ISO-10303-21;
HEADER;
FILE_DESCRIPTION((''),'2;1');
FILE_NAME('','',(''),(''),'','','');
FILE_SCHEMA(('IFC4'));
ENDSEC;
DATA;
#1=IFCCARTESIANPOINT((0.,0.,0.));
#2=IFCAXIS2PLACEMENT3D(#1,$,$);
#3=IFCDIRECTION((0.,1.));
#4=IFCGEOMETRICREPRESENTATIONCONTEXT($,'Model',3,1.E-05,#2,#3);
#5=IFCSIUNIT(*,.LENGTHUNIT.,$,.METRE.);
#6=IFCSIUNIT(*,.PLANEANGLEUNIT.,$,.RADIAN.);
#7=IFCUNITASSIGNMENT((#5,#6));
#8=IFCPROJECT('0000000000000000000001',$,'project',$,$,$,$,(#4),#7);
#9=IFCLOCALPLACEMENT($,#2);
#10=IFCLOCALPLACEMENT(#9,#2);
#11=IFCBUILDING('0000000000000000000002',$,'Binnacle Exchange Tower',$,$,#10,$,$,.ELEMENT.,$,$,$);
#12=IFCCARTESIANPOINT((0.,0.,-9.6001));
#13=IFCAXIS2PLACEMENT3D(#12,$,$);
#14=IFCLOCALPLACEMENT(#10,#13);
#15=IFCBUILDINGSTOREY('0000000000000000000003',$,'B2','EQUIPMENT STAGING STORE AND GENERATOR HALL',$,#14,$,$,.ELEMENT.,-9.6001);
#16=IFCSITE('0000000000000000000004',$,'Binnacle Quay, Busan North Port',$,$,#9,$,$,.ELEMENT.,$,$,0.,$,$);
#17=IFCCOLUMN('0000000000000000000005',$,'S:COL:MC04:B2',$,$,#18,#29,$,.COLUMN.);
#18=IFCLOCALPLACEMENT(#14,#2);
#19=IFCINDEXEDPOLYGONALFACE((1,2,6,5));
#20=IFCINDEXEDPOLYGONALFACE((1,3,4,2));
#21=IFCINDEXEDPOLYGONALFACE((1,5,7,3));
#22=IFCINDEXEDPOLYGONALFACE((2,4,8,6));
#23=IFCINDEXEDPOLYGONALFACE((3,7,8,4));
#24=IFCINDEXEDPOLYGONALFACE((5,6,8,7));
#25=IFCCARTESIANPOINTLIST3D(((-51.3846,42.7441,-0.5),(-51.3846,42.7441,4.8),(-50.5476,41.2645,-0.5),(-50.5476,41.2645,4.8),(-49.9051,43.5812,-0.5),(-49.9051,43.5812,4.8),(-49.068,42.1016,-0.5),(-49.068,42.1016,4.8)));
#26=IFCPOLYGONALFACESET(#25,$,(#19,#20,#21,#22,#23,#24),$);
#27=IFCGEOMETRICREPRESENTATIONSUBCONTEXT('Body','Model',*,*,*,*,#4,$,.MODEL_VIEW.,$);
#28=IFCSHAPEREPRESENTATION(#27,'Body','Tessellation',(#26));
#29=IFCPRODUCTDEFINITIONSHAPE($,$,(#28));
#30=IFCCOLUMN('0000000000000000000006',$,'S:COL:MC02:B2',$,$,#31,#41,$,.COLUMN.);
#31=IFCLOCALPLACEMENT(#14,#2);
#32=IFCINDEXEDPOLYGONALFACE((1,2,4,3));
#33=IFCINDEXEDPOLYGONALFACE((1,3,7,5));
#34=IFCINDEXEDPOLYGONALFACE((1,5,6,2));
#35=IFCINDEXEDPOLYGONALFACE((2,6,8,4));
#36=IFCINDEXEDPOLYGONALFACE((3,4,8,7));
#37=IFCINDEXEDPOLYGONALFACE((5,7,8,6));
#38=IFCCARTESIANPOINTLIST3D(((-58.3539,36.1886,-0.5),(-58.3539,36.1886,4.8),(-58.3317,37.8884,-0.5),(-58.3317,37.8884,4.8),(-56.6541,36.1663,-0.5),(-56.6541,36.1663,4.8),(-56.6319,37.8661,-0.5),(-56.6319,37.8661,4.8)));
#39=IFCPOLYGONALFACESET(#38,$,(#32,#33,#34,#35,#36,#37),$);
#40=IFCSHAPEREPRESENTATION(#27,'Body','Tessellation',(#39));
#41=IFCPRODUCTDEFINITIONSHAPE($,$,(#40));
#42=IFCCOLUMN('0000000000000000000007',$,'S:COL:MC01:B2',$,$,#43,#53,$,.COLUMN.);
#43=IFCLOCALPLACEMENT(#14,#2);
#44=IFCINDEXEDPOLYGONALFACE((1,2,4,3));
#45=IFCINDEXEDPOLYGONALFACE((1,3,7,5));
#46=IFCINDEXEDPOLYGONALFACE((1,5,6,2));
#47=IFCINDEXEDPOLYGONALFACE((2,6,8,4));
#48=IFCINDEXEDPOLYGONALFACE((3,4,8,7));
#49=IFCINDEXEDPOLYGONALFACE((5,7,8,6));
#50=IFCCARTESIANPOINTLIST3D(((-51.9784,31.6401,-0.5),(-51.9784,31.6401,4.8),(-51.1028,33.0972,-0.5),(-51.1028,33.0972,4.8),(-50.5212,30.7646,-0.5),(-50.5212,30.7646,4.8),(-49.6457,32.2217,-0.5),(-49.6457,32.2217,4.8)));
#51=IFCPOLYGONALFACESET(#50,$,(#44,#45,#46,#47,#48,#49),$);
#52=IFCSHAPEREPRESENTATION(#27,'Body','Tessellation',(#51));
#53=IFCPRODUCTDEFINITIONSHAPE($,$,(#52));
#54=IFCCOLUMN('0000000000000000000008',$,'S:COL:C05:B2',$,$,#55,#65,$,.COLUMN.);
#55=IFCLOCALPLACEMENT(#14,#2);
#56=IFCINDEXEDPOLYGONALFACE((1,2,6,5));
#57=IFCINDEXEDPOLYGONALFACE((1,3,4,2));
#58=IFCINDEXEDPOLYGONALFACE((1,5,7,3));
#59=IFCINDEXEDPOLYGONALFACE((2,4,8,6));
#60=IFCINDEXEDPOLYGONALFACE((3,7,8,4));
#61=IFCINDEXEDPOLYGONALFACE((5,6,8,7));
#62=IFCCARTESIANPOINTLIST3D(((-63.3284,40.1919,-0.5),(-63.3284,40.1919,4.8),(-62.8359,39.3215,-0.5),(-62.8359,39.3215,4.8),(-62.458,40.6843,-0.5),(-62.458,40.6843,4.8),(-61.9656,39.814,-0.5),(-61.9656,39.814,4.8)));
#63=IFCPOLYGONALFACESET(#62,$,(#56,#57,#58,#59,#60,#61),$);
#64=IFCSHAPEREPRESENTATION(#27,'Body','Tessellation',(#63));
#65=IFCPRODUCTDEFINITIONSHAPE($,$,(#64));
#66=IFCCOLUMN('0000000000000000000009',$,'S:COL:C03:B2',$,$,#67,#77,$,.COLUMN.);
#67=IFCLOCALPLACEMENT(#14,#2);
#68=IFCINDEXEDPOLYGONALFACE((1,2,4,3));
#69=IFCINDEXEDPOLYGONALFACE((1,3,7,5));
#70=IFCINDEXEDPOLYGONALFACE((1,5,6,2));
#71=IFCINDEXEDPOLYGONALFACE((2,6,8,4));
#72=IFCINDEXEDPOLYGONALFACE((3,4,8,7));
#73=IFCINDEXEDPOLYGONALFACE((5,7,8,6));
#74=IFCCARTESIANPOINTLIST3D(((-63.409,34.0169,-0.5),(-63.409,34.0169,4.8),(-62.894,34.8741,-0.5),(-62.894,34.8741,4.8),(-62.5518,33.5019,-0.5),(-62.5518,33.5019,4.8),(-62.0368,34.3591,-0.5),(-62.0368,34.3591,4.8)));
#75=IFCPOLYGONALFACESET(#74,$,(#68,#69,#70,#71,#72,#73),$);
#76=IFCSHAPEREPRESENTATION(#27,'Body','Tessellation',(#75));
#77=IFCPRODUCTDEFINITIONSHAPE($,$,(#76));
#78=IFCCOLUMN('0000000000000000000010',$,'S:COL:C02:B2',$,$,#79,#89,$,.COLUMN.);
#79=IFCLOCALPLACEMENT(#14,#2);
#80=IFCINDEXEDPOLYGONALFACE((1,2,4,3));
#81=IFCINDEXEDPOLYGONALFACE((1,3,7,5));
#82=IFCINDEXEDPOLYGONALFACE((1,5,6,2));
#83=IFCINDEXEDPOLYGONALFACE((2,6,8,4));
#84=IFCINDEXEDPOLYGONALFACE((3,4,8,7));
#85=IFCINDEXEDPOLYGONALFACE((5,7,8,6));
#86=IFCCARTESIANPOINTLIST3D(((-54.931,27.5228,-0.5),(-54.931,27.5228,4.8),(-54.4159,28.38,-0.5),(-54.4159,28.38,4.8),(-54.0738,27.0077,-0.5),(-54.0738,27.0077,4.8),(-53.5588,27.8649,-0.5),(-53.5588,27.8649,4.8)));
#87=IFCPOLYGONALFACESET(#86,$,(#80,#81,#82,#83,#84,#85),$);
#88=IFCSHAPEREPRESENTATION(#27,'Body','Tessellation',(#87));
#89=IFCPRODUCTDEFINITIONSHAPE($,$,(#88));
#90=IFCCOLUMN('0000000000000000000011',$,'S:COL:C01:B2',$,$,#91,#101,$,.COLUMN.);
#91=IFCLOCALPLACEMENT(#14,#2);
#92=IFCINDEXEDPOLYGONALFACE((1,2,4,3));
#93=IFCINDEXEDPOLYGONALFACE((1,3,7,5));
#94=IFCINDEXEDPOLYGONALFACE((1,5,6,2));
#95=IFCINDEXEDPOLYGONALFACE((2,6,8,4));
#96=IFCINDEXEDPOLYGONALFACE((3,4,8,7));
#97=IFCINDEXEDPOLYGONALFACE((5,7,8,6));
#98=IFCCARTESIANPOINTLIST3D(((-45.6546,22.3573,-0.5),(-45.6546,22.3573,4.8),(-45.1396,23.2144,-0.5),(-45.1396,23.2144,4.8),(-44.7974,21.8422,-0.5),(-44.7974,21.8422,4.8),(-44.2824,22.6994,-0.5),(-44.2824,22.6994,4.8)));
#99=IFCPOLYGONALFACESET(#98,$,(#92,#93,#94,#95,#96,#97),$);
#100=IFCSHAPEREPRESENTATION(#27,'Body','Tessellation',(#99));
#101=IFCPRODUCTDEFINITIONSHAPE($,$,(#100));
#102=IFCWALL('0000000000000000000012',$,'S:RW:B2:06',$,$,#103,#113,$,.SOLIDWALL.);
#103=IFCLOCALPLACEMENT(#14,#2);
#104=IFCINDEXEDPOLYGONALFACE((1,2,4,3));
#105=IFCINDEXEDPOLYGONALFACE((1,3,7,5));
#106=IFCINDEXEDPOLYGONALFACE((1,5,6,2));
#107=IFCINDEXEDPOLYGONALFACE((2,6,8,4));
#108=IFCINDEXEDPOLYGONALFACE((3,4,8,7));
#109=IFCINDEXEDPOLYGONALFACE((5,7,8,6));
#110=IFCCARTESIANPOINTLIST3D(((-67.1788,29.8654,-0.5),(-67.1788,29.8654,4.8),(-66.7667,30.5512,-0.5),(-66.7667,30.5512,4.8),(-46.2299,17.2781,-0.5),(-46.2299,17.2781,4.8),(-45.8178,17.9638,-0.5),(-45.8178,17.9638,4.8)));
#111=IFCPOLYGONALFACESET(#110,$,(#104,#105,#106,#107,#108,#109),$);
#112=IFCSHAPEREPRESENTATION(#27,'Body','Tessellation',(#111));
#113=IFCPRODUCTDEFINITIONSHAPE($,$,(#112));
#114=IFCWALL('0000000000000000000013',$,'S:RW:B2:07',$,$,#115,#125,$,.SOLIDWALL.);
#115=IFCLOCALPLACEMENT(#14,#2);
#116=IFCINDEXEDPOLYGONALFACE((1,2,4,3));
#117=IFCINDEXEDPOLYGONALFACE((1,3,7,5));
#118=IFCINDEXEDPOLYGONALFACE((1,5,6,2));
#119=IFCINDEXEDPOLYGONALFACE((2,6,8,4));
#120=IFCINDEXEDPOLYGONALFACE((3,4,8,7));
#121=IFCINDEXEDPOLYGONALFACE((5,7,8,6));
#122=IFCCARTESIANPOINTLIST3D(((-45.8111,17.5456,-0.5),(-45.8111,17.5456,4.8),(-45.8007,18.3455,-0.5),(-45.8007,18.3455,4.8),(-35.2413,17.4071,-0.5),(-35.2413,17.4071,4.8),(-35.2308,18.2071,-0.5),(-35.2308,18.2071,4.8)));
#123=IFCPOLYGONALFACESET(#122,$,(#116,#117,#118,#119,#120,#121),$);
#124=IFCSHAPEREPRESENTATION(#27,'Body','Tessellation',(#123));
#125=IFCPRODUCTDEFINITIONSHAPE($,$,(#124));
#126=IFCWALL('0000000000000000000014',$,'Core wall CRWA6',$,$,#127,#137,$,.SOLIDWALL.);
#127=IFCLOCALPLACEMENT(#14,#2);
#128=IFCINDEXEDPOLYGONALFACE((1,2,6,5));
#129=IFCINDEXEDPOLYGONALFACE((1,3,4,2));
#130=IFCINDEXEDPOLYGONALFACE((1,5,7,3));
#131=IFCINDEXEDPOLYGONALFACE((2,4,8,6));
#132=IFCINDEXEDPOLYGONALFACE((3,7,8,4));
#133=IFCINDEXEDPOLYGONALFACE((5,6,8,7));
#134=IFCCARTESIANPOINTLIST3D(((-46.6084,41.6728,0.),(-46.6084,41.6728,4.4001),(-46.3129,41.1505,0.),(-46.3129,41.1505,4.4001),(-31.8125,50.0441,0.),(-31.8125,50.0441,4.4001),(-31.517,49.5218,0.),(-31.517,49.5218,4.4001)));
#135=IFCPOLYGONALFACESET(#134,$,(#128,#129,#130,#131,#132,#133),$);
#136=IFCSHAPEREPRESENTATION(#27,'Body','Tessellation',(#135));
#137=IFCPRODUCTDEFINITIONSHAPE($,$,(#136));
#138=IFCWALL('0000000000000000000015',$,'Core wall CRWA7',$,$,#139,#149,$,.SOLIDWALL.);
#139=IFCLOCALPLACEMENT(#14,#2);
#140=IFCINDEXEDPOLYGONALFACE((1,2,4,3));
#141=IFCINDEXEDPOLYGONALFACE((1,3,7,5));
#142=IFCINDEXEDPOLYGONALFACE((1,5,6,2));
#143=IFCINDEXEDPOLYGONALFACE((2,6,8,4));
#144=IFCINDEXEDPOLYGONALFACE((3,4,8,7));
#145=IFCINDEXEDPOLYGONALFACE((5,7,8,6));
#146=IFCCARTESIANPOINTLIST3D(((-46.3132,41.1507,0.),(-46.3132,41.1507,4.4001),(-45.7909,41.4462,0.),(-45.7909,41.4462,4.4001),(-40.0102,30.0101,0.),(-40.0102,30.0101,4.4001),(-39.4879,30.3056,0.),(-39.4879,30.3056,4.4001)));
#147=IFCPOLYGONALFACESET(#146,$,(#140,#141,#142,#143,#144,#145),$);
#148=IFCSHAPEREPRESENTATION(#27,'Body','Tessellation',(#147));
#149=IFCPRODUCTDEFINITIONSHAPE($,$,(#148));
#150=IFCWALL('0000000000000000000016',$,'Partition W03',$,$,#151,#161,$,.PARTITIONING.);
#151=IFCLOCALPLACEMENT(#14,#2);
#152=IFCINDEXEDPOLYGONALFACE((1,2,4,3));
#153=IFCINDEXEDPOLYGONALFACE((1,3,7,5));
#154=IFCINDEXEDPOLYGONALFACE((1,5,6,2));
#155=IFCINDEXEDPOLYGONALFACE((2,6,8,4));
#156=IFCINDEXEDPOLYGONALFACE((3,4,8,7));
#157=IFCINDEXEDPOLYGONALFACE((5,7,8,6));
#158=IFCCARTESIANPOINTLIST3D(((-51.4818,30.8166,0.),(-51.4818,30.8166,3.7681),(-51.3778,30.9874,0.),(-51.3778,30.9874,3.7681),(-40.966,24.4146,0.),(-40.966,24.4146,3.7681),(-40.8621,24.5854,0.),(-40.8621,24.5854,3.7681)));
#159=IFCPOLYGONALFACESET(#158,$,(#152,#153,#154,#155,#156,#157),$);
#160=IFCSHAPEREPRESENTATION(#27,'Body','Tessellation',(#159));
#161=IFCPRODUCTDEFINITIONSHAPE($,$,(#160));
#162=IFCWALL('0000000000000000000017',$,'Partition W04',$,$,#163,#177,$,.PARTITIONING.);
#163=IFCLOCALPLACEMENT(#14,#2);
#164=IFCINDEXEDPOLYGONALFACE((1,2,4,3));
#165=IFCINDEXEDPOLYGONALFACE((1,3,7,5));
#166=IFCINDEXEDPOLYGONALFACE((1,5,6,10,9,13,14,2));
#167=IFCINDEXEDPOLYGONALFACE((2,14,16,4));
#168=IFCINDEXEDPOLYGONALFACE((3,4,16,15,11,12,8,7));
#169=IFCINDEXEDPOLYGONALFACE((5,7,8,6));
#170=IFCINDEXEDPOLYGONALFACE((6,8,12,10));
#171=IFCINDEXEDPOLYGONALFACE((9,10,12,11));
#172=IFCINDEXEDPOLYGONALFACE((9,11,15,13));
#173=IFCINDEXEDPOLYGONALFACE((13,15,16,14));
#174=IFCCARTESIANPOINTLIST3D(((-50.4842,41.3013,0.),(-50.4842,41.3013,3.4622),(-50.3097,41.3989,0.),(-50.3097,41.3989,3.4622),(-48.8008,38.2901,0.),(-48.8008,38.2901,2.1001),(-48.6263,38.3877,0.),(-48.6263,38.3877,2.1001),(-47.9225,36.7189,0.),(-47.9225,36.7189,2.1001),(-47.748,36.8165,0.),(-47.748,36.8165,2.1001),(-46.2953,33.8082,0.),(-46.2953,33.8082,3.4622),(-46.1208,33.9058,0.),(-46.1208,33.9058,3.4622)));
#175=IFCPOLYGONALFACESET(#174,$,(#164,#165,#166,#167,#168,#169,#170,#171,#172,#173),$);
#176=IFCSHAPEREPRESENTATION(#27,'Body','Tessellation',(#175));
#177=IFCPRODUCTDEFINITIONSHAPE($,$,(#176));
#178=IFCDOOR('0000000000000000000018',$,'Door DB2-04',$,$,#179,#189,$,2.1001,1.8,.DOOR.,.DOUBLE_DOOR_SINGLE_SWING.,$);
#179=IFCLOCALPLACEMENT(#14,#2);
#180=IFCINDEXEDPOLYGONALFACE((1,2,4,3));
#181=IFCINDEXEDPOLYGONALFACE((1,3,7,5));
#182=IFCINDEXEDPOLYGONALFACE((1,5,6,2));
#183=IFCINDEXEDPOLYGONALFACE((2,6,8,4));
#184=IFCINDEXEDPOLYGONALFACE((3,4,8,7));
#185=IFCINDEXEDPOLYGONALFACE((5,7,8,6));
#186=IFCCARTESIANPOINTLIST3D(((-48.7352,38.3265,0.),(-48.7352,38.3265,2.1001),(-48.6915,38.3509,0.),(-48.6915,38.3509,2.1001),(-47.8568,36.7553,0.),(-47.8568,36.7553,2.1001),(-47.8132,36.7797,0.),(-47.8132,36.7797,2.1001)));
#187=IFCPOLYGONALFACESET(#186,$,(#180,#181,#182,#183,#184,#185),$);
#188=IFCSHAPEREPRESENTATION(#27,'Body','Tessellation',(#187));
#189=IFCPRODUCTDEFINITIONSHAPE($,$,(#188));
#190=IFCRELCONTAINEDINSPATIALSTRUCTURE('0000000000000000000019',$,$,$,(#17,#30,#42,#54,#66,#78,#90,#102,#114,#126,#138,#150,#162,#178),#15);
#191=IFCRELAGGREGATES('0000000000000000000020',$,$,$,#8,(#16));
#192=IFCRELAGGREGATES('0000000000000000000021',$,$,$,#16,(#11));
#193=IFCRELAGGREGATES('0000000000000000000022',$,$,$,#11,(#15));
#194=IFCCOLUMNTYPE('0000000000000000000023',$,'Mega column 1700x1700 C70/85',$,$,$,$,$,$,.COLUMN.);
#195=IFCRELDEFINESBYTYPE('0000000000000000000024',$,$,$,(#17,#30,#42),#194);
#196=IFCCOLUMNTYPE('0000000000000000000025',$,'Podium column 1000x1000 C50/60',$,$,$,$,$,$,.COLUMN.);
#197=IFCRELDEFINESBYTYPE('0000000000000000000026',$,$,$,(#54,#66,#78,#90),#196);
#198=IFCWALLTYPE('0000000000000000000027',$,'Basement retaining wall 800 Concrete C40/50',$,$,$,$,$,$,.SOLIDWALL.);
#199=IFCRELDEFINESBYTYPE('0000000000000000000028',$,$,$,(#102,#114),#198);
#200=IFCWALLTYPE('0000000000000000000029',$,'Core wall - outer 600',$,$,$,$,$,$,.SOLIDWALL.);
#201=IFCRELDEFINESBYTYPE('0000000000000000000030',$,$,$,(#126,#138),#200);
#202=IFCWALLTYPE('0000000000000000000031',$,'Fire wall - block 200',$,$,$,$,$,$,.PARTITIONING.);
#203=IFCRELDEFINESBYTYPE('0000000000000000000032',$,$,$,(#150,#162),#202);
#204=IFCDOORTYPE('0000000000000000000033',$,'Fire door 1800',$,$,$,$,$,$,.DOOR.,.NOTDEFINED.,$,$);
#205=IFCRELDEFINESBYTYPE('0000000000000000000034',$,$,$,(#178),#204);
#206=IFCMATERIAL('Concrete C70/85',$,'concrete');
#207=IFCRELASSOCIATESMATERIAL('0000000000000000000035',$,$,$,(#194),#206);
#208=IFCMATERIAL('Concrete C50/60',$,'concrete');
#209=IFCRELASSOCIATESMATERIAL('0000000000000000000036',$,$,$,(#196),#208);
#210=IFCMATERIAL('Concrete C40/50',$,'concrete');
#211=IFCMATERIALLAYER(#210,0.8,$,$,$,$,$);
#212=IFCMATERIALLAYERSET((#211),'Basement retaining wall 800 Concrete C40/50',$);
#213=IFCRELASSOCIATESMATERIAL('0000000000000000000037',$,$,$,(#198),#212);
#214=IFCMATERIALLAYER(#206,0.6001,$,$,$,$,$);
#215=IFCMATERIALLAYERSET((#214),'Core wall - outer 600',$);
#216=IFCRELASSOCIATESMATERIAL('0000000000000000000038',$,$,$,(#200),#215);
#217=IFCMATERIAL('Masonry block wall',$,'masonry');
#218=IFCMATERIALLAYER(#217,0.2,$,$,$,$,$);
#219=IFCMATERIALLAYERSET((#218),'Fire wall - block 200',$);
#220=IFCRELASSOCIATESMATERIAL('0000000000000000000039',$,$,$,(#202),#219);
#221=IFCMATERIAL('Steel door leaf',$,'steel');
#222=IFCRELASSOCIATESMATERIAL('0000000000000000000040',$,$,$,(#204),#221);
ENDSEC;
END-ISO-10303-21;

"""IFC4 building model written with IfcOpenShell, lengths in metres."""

from ifc_helpers import new_model, si_unit, direction, frame, frame_2d, origin, origin_2d, place, context, subcontext, project, spatial, rectangle, extrude, material, layer, layer_set, material_profile, profile_set, type_object, element, fill, save


model = new_model("IFC4")

# Units and contexts
model_context = context("Model", 3, precision=1e-05, world=origin(), true_north=direction((0.0, 1.0)))
body_context = subcontext(model_context, "Body", "Model", "MODEL_VIEW")
ifc_project = project(units=[si_unit("LENGTHUNIT", "METRE"), si_unit("PLANEANGLEUNIT", "RADIAN")], contexts=[model_context])

# Site, building, storey
site_placement = place(None, origin())
site = spatial("IfcSite", under=ifc_project, at=site_placement, Name="Binnacle Quay, Busan North Port", CompositionType="ELEMENT", RefElevation=0.0)
building_placement = place(site_placement, origin())
building = spatial("IfcBuilding", under=site, at=building_placement, Name="Binnacle Exchange Tower", CompositionType="ELEMENT")
storey_placement = place(building_placement, frame((0.0, 0.0, -9.6001)))
storey = spatial("IfcBuildingStorey", under=building, at=storey_placement, Name="B2", Description="EQUIPMENT STAGING STORE AND GENERATOR HALL", CompositionType="ELEMENT", Elevation=-9.6001)

# Shared definitions
ifc_material_1 = material(Name="Concrete C40/50", Category="concrete")

# Columns
ifc_material_2 = material(Name="Concrete C70/85", Category="concrete")
ifc_material_profile_1 = material_profile(ifc_material_2, rectangle(XDim=1.7, YDim=1.7, at=origin_2d()), Name="Mega column 1700x1700 C70/85")
ifc_profile_set_1 = profile_set([ifc_material_profile_1], Name="Concrete C70/85")
column_type_1 = type_object("IfcColumnType", Name="Mega column 1700x1700 C70/85", PredefinedType="COLUMN", material=ifc_profile_set_1)
for number, where, z_axis, x_axis, name in (
    (1, (-50.2263, 42.4229, -0.5), (0.0, 0.0, 1.0), (-0.870356, -0.492424, 0.0), "S:COL:MC04:B2"),
    (2, (-57.4929, 37.0273, -0.5), (0.0, 0.0, 1.0), (-0.01309, -0.999914, 0.0), "S:COL:MC02:B2"),
    (3, (-50.812, 31.9309, -0.5), (0.0, 0.0, 1.0), (0.857167, -0.515038, 0.0), "S:COL:MC01:B2"),
):
    element("IfcColumn", number, at=place(storey_placement, frame(where, z_axis=z_axis, x_axis=x_axis)), inside=storey, type_object=column_type_1, Name=name, PredefinedType="COLUMN", context=body_context, shape_type="SweptSolid", body=[
        extrude(rectangle(XDim=1.7, YDim=1.7, at=origin_2d()), origin(), (0.0, 0.0, 1.0), 5.3),
    ])
ifc_material_3 = material(Name="Concrete C50/60", Category="concrete")
ifc_material_profile_2 = material_profile(ifc_material_3, rectangle(XDim=1.0, YDim=1.0, at=origin_2d()), Name="Podium column 1000x1000 C50/60")
ifc_profile_set_2 = profile_set([ifc_material_profile_2], Name="Concrete C50/60")
column_type_2 = type_object("IfcColumnType", Name="Podium column 1000x1000 C50/60", PredefinedType="COLUMN", material=ifc_profile_set_2)
for number, where, z_axis, x_axis, name in (
    (4, (-62.647, 40.0029, -0.5), (0.0, 0.0, 1.0), (-0.870356, -0.492424, 0.0), "S:COL:C05:B2"),
    (5, (-62.7229, 34.188, -0.5), (0.0, 0.0, 1.0), (0.857167, -0.515038, 0.0), "S:COL:C03:B2"),
    (6, (-54.2449, 27.6938, -0.5), (0.0, 0.0, 1.0), (0.857167, -0.515038, 0.0), "S:COL:C02:B2"),
    (7, (-44.9685, 22.5283, -0.5), (0.0, 0.0, 1.0), (0.857167, -0.515038, 0.0), "S:COL:C01:B2"),
):
    element("IfcColumn", number, at=place(storey_placement, frame(where, z_axis=z_axis, x_axis=x_axis)), inside=storey, type_object=column_type_2, Name=name, PredefinedType="COLUMN", context=body_context, shape_type="SweptSolid", body=[
        extrude(rectangle(XDim=1.0, YDim=1.0, at=origin_2d()), origin(), (0.0, 0.0, 1.0), 5.3),
    ])

# Walls
ifc_layer_1 = layer(ifc_material_1, 0.8)
ifc_layer_set_1 = layer_set([ifc_layer_1], Name="Basement retaining wall 800 Concrete C40/50")
wall_type_1 = type_object("IfcWallType", Name="Basement retaining wall 800 Concrete C40/50", PredefinedType="SOLIDWALL", material=ifc_layer_set_1)
wall_1_placement = place(storey_placement, frame((-66.9727, 30.2083, -0.5), z_axis=(0.0, 0.0, 1.0), x_axis=(0.857168, -0.515038, 0.0)))
element("IfcWall", 8, at=wall_1_placement, inside=storey, type_object=wall_type_1, Name="S:RW:B2:06", PredefinedType="SOLIDWALL", context=body_context, shape_type="SweptSolid", body=[
    extrude(rectangle(XDim=24.4397, YDim=0.8, at=frame_2d((12.2197, 0.0))), origin(), (0.0, 0.0, 1.0), 5.3),
])
wall_2_placement = place(storey_placement, frame((-45.8059, 17.9456, -0.5), z_axis=(0.0, 0.0, 1.0), x_axis=(0.999914, -0.013095, 0.0)))
element("IfcWall", 9, at=wall_2_placement, inside=storey, type_object=wall_type_1, Name="S:RW:B2:07", PredefinedType="SOLIDWALL", context=body_context, shape_type="SweptSolid", body=[
    extrude(rectangle(XDim=10.5708, YDim=0.8, at=frame_2d((5.2854, 0.0))), origin(), (0.0, 0.0, 1.0), 5.3),
])
ifc_layer_2 = layer(ifc_material_2, 0.6001)
ifc_layer_set_2 = layer_set([ifc_layer_2], Name="Core wall - outer 600")
wall_type_2 = type_object("IfcWallType", Name="Core wall - outer 600", PredefinedType="SOLIDWALL", material=ifc_layer_set_2)
wall_3_placement = place(storey_placement, frame((-46.4607, 41.4116, 0.0), z_axis=(0.0, 0.0, 1.0), x_axis=(0.87035, 0.492433, 0.0)))
element("IfcWall", 10, at=wall_3_placement, inside=storey, type_object=wall_type_2, Name="Core wall CRWA6", PredefinedType="SOLIDWALL", context=body_context, shape_type="SweptSolid", body=[
    extrude(rectangle(XDim=17.0, YDim=0.6001, at=frame_2d((8.5, 0.0))), origin(), (0.0, 0.0, 1.0), 4.4001),
])
wall_4_placement = place(storey_placement, frame((-46.052, 41.2983, 0.0), z_axis=(0.0, 0.0, 1.0), x_axis=(0.492419, -0.870359, 0.0)))
element("IfcWall", 11, at=wall_4_placement, inside=storey, type_object=wall_type_2, Name="Core wall CRWA7", PredefinedType="SOLIDWALL", context=body_context, shape_type="SweptSolid", body=[
    extrude(rectangle(XDim=12.8, YDim=0.6001, at=frame_2d((6.3999, 0.0))), origin(), (0.0, 0.0, 1.0), 4.4001),
])
ifc_material_4 = material(Name="Masonry block wall", Category="masonry")
ifc_layer_3 = layer(ifc_material_4, 0.2)
ifc_layer_set_3 = layer_set([ifc_layer_3], Name="Fire wall - block 200")
wall_type_3 = type_object("IfcWallType", Name="Fire wall - block 200", PredefinedType="PARTITIONING", material=ifc_layer_set_3)
wall_5_placement = place(storey_placement, frame((-51.4299, 30.9021, 0.0), z_axis=(0.0, 0.0, 1.0), x_axis=(0.854158, -0.520014, 0.0)))
element("IfcWall", 12, at=wall_5_placement, inside=storey, type_object=wall_type_3, Name="Partition W03", PredefinedType="PARTITIONING", context=body_context, shape_type="SweptSolid", body=[
    extrude(rectangle(XDim=12.3113, YDim=0.2, at=frame_2d((6.1558, 0.0))), origin(), (0.0, 0.0, 1.0), 3.7681),
])

# Wall, opening, door
wall_6_placement = place(storey_placement, frame((-50.397, 41.3501, 0.0), z_axis=(0.0, 0.0, 1.0), x_axis=(0.487964, -0.872864, 0.0)))
wall_6 = element("IfcWall", 13, at=wall_6_placement, inside=storey, type_object=wall_type_3, Name="Partition W04", PredefinedType="PARTITIONING", context=body_context, shape_type="SweptSolid", body=[
    extrude(rectangle(XDim=8.5845, YDim=0.2, at=frame_2d((4.2922, 0.0))), origin(), (0.0, 0.0, 1.0), 3.4622),
])
opening_1_placement = place(wall_6_placement, frame((3.45, 0.0, 0.0)))
opening_1 = element("IfcOpeningElement", 14, at=opening_1_placement, cuts=wall_6, PredefinedType="OPENING", context=body_context, shape_type="SweptSolid", body=[
    extrude(rectangle(XDim=1.8, YDim=2.1001, at=frame_2d((0.8999, 1.05))), frame((0.0, 0.1099, 0.0), z_axis=(0.0, -1.0, 0.0), x_axis=(1.0, 0.0, 0.0)), (0.0, 0.0, 1.0), 0.22),
])
ifc_material_5 = material(Name="Steel door leaf", Category="steel")
door_type = type_object("IfcDoorType", Name="Fire door 1800", OperationType="NOTDEFINED", PredefinedType="DOOR", material=ifc_material_5)
door_1_placement = place(opening_1_placement, frame((1.8, 0.0, 0.0), z_axis=(0.0, 0.0, 1.0), x_axis=(-1.0, 0.0, 0.0)))
door_1 = element("IfcDoor", 15, at=door_1_placement, inside=storey, type_object=door_type, Name="Door DB2-04", OperationType="DOUBLE_DOOR_SINGLE_SWING", OverallHeight=2.1001, OverallWidth=1.8, PredefinedType="DOOR", context=body_context, shape_type="SweptSolid", body=[
    extrude(rectangle(XDim=1.8, YDim=2.1001, at=frame_2d((0.8999, 1.05))), frame((0.0, 0.0249, 0.0), z_axis=(0.0, -1.0, 0.0), x_axis=(1.0, 0.0, 0.0)), (0.0, 0.0, 1.0), 0.05),
])
fill(opening_1, door_1)

save(model, "model.ifc")
